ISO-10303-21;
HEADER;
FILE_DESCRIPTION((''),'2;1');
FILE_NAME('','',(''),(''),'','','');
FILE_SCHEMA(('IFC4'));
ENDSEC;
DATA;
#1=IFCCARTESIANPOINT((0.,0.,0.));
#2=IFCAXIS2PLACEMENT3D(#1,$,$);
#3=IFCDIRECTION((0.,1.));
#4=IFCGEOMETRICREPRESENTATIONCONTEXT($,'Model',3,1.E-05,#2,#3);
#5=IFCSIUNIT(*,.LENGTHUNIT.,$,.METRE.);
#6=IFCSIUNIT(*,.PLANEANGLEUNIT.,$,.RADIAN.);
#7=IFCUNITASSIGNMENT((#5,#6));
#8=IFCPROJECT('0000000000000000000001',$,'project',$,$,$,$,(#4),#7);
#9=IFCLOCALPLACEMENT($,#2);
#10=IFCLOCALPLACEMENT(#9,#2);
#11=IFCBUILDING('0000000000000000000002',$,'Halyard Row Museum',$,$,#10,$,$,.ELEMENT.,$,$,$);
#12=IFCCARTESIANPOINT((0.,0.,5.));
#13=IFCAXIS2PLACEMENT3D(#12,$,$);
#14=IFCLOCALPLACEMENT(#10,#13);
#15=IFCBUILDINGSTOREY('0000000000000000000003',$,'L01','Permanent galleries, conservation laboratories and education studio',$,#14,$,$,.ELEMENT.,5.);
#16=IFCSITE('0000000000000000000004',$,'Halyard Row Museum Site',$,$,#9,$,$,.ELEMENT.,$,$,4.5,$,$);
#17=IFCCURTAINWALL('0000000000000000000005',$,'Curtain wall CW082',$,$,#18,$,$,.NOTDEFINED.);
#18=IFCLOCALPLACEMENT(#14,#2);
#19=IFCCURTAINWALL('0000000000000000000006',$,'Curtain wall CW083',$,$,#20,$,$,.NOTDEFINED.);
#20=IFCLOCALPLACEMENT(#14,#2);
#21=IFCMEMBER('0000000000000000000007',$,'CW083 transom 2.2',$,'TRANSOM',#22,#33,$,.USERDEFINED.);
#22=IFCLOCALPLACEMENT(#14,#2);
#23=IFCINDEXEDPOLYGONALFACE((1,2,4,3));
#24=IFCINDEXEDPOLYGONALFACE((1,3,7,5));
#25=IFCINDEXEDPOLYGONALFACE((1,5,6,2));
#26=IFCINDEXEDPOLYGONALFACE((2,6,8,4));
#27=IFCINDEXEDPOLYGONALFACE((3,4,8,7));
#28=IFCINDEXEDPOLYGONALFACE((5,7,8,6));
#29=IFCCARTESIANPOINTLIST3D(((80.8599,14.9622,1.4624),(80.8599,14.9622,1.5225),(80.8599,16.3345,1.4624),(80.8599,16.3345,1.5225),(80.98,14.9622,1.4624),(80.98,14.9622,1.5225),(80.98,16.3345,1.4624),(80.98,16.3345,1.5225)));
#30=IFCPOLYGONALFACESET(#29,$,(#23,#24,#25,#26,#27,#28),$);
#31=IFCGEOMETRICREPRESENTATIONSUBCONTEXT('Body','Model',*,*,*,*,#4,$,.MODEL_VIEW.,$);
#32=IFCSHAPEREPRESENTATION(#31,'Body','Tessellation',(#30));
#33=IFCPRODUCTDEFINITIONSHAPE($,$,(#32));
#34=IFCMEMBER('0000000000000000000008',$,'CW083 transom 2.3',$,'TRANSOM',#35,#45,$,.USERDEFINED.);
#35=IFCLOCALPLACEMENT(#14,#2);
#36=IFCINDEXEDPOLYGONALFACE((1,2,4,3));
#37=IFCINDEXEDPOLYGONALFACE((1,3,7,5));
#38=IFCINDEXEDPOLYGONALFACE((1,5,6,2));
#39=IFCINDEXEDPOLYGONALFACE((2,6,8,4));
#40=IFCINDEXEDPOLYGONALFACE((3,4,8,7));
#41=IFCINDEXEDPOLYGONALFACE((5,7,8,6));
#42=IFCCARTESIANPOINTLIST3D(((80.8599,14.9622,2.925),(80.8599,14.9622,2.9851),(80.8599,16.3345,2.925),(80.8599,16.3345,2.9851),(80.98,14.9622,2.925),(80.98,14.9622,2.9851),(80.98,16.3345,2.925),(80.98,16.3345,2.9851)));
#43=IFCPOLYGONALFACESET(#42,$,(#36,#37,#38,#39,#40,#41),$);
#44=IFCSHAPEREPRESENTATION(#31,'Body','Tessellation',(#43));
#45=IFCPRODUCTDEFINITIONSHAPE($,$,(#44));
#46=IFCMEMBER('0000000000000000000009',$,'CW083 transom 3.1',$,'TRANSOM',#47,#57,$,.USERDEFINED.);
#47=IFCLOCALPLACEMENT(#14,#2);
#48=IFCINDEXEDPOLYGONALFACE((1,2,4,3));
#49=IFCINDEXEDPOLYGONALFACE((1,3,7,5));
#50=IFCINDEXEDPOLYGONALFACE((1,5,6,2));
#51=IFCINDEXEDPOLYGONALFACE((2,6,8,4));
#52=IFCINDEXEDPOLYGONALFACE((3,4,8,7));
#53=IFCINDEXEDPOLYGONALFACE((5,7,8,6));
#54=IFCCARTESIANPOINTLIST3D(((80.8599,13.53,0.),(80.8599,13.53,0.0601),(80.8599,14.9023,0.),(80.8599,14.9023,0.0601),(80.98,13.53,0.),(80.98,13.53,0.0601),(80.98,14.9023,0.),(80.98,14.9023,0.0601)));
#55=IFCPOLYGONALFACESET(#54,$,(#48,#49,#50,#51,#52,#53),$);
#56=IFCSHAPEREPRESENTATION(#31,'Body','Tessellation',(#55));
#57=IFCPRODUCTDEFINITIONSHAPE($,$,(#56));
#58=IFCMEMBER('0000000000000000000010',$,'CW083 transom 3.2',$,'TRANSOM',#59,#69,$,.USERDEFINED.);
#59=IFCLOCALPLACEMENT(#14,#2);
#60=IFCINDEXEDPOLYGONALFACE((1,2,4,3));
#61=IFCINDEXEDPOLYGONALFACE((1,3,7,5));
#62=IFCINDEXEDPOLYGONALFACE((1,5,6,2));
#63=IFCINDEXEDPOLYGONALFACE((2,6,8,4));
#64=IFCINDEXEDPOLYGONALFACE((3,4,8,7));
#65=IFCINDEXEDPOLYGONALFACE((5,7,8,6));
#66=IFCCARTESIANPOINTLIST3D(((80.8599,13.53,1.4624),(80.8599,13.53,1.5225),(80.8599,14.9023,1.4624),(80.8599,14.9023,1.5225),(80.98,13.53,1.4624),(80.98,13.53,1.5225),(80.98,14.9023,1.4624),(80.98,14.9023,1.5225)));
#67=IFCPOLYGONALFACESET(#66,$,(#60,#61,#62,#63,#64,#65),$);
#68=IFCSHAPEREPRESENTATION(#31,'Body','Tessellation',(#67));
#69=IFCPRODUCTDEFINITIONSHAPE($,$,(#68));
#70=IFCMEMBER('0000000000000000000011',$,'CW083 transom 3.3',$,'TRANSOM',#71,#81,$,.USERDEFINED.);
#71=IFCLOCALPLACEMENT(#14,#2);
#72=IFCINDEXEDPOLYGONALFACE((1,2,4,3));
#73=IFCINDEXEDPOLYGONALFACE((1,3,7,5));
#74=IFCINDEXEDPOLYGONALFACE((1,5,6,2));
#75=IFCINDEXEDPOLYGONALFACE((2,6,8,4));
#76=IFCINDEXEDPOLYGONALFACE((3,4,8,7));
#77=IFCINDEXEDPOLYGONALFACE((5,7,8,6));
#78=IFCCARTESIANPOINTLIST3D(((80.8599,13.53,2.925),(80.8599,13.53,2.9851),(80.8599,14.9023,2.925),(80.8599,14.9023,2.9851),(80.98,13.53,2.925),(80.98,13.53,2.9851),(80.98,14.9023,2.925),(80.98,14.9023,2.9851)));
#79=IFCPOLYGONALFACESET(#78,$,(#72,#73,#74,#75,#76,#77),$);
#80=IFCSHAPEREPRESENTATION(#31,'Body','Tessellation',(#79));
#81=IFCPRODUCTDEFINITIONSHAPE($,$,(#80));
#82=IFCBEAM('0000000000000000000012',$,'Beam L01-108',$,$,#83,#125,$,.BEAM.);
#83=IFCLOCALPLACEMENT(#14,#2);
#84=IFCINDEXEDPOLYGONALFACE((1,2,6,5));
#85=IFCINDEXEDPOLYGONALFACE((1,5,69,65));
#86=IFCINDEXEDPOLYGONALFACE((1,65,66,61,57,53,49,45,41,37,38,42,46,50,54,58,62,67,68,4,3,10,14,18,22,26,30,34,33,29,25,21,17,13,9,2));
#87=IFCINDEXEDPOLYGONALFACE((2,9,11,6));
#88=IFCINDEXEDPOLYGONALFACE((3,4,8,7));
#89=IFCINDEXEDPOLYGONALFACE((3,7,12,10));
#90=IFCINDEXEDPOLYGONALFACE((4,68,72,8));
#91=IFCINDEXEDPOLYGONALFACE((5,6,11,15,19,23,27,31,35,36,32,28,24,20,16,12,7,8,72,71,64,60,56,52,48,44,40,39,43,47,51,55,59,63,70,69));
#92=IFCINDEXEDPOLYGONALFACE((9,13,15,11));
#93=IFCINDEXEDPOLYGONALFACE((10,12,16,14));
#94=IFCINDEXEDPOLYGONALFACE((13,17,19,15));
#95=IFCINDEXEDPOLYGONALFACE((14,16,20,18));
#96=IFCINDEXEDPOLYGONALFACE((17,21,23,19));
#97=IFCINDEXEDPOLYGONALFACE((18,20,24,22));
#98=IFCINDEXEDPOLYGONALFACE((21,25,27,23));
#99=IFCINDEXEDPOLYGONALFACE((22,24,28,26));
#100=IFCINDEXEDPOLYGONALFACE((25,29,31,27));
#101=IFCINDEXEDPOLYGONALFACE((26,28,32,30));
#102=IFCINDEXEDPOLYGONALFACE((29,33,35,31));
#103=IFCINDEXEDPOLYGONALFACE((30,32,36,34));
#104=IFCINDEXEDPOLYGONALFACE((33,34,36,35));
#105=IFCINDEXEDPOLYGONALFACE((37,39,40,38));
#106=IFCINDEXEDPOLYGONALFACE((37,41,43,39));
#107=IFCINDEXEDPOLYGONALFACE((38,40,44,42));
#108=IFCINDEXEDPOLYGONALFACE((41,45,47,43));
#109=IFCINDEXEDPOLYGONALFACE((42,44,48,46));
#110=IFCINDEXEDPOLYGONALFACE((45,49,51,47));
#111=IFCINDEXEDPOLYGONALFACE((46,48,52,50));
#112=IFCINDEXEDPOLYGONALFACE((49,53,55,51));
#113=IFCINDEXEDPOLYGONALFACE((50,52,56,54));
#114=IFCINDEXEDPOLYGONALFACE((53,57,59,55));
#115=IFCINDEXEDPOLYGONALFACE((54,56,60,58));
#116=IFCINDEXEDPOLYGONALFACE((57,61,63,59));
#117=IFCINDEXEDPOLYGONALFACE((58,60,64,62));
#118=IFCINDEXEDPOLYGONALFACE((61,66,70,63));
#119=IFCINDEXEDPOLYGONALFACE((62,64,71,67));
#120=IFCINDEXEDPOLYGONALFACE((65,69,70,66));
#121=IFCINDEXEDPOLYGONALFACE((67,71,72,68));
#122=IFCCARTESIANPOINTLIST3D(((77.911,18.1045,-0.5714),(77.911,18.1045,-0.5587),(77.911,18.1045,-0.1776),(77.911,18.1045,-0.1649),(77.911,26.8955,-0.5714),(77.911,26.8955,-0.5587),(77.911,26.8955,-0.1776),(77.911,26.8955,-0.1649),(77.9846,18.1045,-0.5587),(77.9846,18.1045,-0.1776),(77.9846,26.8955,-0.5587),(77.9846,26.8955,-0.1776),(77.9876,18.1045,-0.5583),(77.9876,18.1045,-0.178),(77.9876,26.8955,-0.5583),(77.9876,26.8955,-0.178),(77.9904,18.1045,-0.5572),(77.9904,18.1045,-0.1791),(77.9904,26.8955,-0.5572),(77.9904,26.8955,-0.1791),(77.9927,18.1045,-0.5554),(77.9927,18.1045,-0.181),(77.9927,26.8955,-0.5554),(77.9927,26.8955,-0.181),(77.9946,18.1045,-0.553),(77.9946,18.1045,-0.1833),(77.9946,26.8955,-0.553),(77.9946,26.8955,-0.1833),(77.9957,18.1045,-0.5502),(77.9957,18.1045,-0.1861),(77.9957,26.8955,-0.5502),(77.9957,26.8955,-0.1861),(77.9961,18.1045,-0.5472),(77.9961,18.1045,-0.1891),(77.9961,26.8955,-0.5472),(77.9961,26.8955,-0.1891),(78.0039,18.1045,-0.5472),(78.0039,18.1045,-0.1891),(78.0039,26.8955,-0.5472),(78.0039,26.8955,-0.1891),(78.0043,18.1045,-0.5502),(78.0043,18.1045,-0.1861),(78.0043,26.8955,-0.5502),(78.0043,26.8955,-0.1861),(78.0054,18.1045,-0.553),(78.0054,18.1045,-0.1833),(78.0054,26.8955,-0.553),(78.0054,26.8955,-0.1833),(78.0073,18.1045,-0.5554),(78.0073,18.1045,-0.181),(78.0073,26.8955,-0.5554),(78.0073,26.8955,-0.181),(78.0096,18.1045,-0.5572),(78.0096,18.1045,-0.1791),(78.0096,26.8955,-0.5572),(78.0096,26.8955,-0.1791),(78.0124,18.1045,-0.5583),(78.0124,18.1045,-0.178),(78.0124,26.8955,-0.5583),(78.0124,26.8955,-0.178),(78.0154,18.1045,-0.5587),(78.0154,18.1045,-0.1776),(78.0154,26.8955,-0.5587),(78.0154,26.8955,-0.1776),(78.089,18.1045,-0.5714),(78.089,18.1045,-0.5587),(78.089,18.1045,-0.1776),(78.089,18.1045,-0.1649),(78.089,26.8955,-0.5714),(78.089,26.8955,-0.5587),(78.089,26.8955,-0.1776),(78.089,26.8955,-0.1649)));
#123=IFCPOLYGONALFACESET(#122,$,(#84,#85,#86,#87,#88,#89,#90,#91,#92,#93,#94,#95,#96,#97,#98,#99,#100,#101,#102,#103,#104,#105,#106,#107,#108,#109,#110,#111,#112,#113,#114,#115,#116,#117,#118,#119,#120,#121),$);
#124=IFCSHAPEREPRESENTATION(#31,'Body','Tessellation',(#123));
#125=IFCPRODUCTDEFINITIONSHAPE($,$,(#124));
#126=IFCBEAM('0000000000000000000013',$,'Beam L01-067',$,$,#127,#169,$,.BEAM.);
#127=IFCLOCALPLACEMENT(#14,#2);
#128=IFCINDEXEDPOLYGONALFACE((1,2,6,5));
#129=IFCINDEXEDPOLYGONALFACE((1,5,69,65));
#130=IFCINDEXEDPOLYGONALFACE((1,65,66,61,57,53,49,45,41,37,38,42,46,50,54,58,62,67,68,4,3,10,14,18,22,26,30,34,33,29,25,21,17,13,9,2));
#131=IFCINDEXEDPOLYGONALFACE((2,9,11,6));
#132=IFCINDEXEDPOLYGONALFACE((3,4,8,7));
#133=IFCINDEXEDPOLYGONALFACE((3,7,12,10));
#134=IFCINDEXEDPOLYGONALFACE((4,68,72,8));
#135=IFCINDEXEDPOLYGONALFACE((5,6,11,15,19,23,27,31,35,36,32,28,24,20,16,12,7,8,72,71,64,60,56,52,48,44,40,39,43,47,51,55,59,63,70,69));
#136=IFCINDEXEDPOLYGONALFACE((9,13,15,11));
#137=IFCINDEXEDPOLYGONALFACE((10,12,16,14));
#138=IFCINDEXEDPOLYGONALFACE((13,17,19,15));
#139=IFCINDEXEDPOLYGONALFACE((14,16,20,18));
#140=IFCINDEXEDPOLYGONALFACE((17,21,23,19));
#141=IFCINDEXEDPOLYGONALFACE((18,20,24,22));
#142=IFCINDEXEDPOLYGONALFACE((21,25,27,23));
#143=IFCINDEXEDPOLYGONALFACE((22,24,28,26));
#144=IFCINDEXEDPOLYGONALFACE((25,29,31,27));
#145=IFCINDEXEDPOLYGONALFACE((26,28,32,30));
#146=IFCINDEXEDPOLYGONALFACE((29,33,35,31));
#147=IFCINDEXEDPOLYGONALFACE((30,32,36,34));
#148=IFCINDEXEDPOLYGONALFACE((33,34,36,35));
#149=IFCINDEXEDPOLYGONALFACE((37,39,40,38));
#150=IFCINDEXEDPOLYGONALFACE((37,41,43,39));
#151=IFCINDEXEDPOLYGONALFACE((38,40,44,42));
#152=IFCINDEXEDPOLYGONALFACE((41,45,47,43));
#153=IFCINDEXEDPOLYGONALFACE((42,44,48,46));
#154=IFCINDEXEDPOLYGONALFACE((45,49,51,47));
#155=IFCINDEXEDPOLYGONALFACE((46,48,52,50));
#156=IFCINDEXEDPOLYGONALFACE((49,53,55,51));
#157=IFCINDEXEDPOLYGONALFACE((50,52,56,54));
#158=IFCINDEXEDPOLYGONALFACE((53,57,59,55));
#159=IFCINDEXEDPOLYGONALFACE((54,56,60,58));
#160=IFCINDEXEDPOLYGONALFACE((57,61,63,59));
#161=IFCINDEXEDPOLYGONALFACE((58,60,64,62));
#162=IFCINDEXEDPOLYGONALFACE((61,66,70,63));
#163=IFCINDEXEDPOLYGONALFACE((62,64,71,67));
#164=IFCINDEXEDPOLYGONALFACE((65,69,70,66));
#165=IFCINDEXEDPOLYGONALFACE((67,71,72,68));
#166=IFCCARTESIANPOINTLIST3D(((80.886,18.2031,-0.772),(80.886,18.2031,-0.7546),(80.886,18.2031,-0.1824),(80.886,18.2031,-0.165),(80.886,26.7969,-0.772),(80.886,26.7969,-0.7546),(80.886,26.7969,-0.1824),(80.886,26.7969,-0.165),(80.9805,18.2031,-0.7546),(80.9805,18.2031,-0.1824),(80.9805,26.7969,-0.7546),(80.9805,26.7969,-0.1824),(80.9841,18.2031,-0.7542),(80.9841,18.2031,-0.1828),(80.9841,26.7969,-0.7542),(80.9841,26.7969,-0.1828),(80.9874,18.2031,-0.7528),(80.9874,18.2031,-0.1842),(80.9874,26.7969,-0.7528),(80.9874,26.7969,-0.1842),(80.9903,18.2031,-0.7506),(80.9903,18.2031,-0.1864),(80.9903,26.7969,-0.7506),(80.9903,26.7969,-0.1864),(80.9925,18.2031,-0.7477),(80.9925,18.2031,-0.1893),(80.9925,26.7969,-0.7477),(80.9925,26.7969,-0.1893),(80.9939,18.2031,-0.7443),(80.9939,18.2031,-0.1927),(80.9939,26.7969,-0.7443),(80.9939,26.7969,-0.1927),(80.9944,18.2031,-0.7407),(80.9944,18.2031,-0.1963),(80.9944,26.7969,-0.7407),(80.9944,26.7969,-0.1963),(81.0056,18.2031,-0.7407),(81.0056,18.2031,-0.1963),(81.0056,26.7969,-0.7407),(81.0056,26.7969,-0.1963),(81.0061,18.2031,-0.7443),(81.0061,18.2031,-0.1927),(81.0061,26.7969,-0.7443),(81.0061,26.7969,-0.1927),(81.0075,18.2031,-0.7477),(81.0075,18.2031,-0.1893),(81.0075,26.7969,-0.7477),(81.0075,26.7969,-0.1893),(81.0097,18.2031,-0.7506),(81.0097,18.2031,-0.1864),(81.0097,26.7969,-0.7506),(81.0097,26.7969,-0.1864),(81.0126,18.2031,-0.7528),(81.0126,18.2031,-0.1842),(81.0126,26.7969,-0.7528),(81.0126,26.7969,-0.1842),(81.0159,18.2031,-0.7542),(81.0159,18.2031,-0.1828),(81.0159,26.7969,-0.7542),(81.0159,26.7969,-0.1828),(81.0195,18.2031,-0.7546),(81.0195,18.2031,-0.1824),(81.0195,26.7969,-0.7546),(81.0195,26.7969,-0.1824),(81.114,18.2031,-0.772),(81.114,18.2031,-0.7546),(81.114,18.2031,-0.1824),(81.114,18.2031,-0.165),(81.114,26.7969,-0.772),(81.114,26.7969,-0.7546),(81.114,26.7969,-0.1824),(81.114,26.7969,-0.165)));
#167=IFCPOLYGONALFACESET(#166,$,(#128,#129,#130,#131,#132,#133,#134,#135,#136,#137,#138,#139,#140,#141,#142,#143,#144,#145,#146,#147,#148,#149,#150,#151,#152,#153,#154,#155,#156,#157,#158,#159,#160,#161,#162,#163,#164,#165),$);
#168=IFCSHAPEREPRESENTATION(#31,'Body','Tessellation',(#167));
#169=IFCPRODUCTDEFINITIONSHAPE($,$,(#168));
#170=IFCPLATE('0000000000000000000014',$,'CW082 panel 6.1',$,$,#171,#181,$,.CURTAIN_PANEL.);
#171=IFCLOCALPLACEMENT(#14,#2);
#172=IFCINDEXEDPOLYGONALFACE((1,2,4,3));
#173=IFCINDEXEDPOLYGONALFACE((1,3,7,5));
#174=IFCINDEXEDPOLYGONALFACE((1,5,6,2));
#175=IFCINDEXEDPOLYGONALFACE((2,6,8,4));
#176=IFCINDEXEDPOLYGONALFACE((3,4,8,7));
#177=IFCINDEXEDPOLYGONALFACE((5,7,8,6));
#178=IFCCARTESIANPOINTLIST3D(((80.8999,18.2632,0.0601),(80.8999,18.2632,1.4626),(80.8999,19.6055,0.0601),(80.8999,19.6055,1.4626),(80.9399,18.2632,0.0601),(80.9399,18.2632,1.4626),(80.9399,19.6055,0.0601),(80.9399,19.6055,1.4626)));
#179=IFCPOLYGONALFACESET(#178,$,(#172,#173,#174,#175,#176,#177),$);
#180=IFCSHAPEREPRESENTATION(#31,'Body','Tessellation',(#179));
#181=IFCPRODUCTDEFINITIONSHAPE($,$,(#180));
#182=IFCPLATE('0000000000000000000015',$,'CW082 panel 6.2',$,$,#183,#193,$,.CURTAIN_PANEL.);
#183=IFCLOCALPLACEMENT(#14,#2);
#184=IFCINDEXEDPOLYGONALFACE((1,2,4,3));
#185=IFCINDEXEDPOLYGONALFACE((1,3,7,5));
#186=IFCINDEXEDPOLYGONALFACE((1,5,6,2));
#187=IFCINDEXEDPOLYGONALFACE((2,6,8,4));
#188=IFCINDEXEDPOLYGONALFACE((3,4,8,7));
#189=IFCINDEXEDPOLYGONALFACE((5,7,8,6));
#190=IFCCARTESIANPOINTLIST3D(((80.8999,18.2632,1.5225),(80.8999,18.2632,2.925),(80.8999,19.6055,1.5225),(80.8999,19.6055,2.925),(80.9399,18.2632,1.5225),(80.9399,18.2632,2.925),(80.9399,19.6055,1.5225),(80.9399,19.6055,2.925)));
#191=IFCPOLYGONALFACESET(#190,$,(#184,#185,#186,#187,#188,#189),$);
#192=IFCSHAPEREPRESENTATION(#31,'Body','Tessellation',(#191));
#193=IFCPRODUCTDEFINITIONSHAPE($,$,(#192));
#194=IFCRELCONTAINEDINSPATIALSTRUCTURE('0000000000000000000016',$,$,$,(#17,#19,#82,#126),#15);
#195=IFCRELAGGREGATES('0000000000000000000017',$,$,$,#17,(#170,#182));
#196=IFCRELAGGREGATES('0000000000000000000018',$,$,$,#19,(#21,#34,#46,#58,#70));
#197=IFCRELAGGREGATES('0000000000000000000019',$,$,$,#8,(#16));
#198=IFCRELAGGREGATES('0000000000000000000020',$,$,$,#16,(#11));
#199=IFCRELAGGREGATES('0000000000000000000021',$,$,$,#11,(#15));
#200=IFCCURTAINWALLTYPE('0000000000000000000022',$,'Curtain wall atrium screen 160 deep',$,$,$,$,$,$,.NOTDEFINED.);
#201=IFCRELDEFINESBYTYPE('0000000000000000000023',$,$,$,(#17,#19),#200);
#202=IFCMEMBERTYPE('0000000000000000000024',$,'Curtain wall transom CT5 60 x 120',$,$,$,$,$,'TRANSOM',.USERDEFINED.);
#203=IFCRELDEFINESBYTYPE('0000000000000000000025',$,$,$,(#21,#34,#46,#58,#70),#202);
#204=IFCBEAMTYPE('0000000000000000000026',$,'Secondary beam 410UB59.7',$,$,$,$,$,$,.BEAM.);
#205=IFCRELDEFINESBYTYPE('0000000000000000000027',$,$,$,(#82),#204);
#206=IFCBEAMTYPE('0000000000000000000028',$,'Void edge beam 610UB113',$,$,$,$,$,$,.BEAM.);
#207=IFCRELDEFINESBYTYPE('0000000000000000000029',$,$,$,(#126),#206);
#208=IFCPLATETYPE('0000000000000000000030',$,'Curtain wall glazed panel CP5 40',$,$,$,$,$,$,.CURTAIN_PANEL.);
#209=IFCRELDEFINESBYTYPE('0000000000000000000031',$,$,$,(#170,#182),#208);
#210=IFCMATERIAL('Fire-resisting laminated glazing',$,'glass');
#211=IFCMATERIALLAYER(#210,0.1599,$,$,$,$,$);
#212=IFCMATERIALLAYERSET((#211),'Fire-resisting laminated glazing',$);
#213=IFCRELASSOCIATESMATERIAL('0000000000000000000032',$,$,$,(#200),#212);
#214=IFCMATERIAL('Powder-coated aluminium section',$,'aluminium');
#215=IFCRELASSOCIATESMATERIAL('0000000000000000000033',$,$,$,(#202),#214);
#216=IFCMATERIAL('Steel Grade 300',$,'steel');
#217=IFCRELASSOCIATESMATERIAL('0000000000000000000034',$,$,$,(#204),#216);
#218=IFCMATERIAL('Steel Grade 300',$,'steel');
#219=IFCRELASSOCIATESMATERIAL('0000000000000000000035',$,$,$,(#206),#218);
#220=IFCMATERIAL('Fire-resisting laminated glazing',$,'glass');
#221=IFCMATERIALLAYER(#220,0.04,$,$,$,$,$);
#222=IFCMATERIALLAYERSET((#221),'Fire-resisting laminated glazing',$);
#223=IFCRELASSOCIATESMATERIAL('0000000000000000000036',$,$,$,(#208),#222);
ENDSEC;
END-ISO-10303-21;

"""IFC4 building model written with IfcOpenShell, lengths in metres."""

from ifc_helpers import new_model, si_unit, direction, frame, origin, origin_2d, place, context, subcontext, project, spatial, rectangle, i_section, extrude, material, layer, layer_set, material_profile, profile_set, type_object, element, aggregate, save


model = new_model("IFC4")

# Units and contexts
model_context = context("Model", 3, precision=1e-05, world=origin(), true_north=direction((0.0, 1.0)))
body_context = subcontext(model_context, "Body", "Model", "MODEL_VIEW")
ifc_project = project(units=[si_unit("LENGTHUNIT", "METRE"), si_unit("PLANEANGLEUNIT", "RADIAN")], contexts=[model_context])

# Site, building, storey
site_placement = place(None, origin())
site = spatial("IfcSite", under=ifc_project, at=site_placement, Name="Halyard Row Museum Site", CompositionType="ELEMENT", RefElevation=4.5)
building_placement = place(site_placement, origin())
building = spatial("IfcBuilding", under=site, at=building_placement, Name="Halyard Row Museum", CompositionType="ELEMENT")
storey_placement = place(building_placement, frame((0.0, 0.0, 5.0)))
storey = spatial("IfcBuildingStorey", under=building, at=storey_placement, Name="L01", Description="Permanent galleries, conservation laboratories and education studio", CompositionType="ELEMENT", Elevation=5.0)

# Curtain wall
ifc_material_1 = material(Name="Fire-resisting laminated glazing", Category="glass")
ifc_layer_1 = layer(ifc_material_1, 0.1599)
ifc_layer_set_1 = layer_set([ifc_layer_1], Name="Fire-resisting laminated glazing")
curtain_wall_type = type_object("IfcCurtainWallType", Name="Curtain wall atrium screen 160 deep", PredefinedType="NOTDEFINED", material=ifc_layer_set_1)
curtain_wall_1_placement = place(storey_placement, origin())
curtain_wall_1 = element("IfcCurtainWall", 1, at=curtain_wall_1_placement, inside=storey, type_object=curtain_wall_type, Name="Curtain wall CW082", PredefinedType="NOTDEFINED")

# Curtain wall
curtain_wall_2_placement = place(storey_placement, origin())
curtain_wall_2 = element("IfcCurtainWall", 2, at=curtain_wall_2_placement, inside=storey, type_object=curtain_wall_type, Name="Curtain wall CW083", PredefinedType="NOTDEFINED")

# Members
ifc_material_2 = material(Name="Powder-coated aluminium section", Category="aluminium")
ifc_material_profile_1 = material_profile(ifc_material_2, rectangle(XDim=0.1201, YDim=0.0601, at=origin_2d()), Name="120x60 transom")
ifc_profile_set_1 = profile_set([ifc_material_profile_1], Name="Powder-coated aluminium section")
member_type_1 = type_object("IfcMemberType", Name="Curtain wall transom CT5 60 x 120", ElementType="TRANSOM", PredefinedType="USERDEFINED", material=ifc_profile_set_1)
member_1_placement = place(storey_placement, frame((80.9199, 16.3345, 1.4924), z_axis=(0.0, -1.0, 0.0), x_axis=(1.0, 0.0, 0.0)))
member_1 = element("IfcMember", 3, at=member_1_placement, type_object=member_type_1, Name="CW083 transom 2.2", ObjectType="TRANSOM", PredefinedType="USERDEFINED", context=body_context, shape_type="SweptSolid", body=[
    extrude(rectangle(XDim=0.1201, YDim=0.0601, at=origin_2d()), origin(), (0.0, 0.0, 1.0), 1.3723),
])
member_2_placement = place(storey_placement, frame((80.9199, 16.3345, 2.9551), z_axis=(0.0, -1.0, 0.0), x_axis=(1.0, 0.0, 0.0)))
member_2 = element("IfcMember", 4, at=member_2_placement, type_object=member_type_1, Name="CW083 transom 2.3", ObjectType="TRANSOM", PredefinedType="USERDEFINED", context=body_context, shape_type="SweptSolid", body=[
    extrude(rectangle(XDim=0.1201, YDim=0.0601, at=origin_2d()), origin(), (0.0, 0.0, 1.0), 1.3723),
])
member_3_placement = place(storey_placement, frame((80.9199, 14.9023, 0.03), z_axis=(0.0, -1.0, 0.0), x_axis=(1.0, 0.0, 0.0)))
member_3 = element("IfcMember", 5, at=member_3_placement, type_object=member_type_1, Name="CW083 transom 3.1", ObjectType="TRANSOM", PredefinedType="USERDEFINED", context=body_context, shape_type="SweptSolid", body=[
    extrude(rectangle(XDim=0.1201, YDim=0.0601, at=origin_2d()), origin(), (0.0, 0.0, 1.0), 1.3723),
])
member_4_placement = place(storey_placement, frame((80.9199, 14.9023, 1.4924), z_axis=(0.0, -1.0, 0.0), x_axis=(1.0, 0.0, 0.0)))
member_4 = element("IfcMember", 6, at=member_4_placement, type_object=member_type_1, Name="CW083 transom 3.2", ObjectType="TRANSOM", PredefinedType="USERDEFINED", context=body_context, shape_type="SweptSolid", body=[
    extrude(rectangle(XDim=0.1201, YDim=0.0601, at=origin_2d()), origin(), (0.0, 0.0, 1.0), 1.3723),
])
member_5_placement = place(storey_placement, frame((80.9199, 14.9023, 2.9551), z_axis=(0.0, -1.0, 0.0), x_axis=(1.0, 0.0, 0.0)))
member_5 = element("IfcMember", 7, at=member_5_placement, type_object=member_type_1, Name="CW083 transom 3.3", ObjectType="TRANSOM", PredefinedType="USERDEFINED", context=body_context, shape_type="SweptSolid", body=[
    extrude(rectangle(XDim=0.1201, YDim=0.0601, at=origin_2d()), origin(), (0.0, 0.0, 1.0), 1.3723),
])

# Beams
ifc_material_3 = material(Name="Steel Grade 300", Category="steel")
ifc_material_profile_2 = material_profile(ifc_material_3, i_section(OverallWidth=0.178, OverallDepth=0.4065, WebThickness=0.0078, FlangeThickness=0.0127, FilletRadius=0.0115, at=origin_2d()), Name="410UB59.7")
ifc_profile_set_2 = profile_set([ifc_material_profile_2], Name="Steel Grade 300")
beam_type_1 = type_object("IfcBeamType", Name="Secondary beam 410UB59.7", PredefinedType="BEAM", material=ifc_profile_set_2)
beam_1_placement = place(storey_placement, frame((78.0, 18.1045, -0.3682), z_axis=(0.0, 1.0, 0.0), x_axis=(-1.0, 0.0, 0.0)))
element("IfcBeam", 8, at=beam_1_placement, inside=storey, type_object=beam_type_1, Name="Beam L01-108", PredefinedType="BEAM", context=body_context, shape_type="SweptSolid", body=[
    extrude(i_section(OverallWidth=0.178, OverallDepth=0.4065, WebThickness=0.0078, FlangeThickness=0.0127, FilletRadius=0.0115, at=origin_2d()), origin(), (0.0, 0.0, 1.0), 8.791),
])
ifc_material_4 = material(Name="Steel Grade 300", Category="steel")
ifc_material_profile_3 = material_profile(ifc_material_4, i_section(OverallWidth=0.228, OverallDepth=0.6069, WebThickness=0.0112, FlangeThickness=0.0173, FilletRadius=0.0139, at=origin_2d()), Name="610UB113")
ifc_profile_set_3 = profile_set([ifc_material_profile_3], Name="Steel Grade 300")
beam_type_2 = type_object("IfcBeamType", Name="Void edge beam 610UB113", PredefinedType="BEAM", material=ifc_profile_set_3)
beam_2_placement = place(storey_placement, frame((81.0, 18.2031, -0.4685), z_axis=(0.0, 1.0, 0.0), x_axis=(-1.0, 0.0, 0.0)))
element("IfcBeam", 9, at=beam_2_placement, inside=storey, type_object=beam_type_2, Name="Beam L01-067", PredefinedType="BEAM", context=body_context, shape_type="SweptSolid", body=[
    extrude(i_section(OverallWidth=0.228, OverallDepth=0.6069, WebThickness=0.0112, FlangeThickness=0.0173, FilletRadius=0.0139, at=origin_2d()), origin(), (0.0, 0.0, 1.0), 8.5938),
])

# Plates
ifc_material_5 = material(Name="Fire-resisting laminated glazing", Category="glass")
ifc_layer_2 = layer(ifc_material_5, 0.04)
ifc_layer_set_2 = layer_set([ifc_layer_2], Name="Fire-resisting laminated glazing")
plate_type = type_object("IfcPlateType", Name="Curtain wall glazed panel CP5 40", PredefinedType="CURTAIN_PANEL", material=ifc_layer_set_2)
plate_1_placement = place(storey_placement, frame((80.9199, 18.9343, 0.0601), z_axis=(0.0, 0.0, 1.0), x_axis=(0.0, -1.0, 0.0)))
plate_1 = element("IfcPlate", 10, at=plate_1_placement, type_object=plate_type, Name="CW082 panel 6.1", PredefinedType="CURTAIN_PANEL", context=body_context, shape_type="SweptSolid", body=[
    extrude(rectangle(XDim=1.3423, YDim=0.04, at=origin_2d()), origin(), (0.0, 0.0, 1.0), 1.4026),
])
plate_2_placement = place(storey_placement, frame((80.9199, 18.9343, 1.5225), z_axis=(0.0, 0.0, 1.0), x_axis=(0.0, -1.0, 0.0)))
plate_2 = element("IfcPlate", 11, at=plate_2_placement, type_object=plate_type, Name="CW082 panel 6.2", PredefinedType="CURTAIN_PANEL", context=body_context, shape_type="SweptSolid", body=[
    extrude(rectangle(XDim=1.3423, YDim=0.04, at=origin_2d()), origin(), (0.0, 0.0, 1.0), 1.4026),
])
aggregate(curtain_wall_1, [plate_1, plate_2])
aggregate(curtain_wall_2, [member_1, member_2, member_3, member_4, member_5])

save(model, "model.ifc")
